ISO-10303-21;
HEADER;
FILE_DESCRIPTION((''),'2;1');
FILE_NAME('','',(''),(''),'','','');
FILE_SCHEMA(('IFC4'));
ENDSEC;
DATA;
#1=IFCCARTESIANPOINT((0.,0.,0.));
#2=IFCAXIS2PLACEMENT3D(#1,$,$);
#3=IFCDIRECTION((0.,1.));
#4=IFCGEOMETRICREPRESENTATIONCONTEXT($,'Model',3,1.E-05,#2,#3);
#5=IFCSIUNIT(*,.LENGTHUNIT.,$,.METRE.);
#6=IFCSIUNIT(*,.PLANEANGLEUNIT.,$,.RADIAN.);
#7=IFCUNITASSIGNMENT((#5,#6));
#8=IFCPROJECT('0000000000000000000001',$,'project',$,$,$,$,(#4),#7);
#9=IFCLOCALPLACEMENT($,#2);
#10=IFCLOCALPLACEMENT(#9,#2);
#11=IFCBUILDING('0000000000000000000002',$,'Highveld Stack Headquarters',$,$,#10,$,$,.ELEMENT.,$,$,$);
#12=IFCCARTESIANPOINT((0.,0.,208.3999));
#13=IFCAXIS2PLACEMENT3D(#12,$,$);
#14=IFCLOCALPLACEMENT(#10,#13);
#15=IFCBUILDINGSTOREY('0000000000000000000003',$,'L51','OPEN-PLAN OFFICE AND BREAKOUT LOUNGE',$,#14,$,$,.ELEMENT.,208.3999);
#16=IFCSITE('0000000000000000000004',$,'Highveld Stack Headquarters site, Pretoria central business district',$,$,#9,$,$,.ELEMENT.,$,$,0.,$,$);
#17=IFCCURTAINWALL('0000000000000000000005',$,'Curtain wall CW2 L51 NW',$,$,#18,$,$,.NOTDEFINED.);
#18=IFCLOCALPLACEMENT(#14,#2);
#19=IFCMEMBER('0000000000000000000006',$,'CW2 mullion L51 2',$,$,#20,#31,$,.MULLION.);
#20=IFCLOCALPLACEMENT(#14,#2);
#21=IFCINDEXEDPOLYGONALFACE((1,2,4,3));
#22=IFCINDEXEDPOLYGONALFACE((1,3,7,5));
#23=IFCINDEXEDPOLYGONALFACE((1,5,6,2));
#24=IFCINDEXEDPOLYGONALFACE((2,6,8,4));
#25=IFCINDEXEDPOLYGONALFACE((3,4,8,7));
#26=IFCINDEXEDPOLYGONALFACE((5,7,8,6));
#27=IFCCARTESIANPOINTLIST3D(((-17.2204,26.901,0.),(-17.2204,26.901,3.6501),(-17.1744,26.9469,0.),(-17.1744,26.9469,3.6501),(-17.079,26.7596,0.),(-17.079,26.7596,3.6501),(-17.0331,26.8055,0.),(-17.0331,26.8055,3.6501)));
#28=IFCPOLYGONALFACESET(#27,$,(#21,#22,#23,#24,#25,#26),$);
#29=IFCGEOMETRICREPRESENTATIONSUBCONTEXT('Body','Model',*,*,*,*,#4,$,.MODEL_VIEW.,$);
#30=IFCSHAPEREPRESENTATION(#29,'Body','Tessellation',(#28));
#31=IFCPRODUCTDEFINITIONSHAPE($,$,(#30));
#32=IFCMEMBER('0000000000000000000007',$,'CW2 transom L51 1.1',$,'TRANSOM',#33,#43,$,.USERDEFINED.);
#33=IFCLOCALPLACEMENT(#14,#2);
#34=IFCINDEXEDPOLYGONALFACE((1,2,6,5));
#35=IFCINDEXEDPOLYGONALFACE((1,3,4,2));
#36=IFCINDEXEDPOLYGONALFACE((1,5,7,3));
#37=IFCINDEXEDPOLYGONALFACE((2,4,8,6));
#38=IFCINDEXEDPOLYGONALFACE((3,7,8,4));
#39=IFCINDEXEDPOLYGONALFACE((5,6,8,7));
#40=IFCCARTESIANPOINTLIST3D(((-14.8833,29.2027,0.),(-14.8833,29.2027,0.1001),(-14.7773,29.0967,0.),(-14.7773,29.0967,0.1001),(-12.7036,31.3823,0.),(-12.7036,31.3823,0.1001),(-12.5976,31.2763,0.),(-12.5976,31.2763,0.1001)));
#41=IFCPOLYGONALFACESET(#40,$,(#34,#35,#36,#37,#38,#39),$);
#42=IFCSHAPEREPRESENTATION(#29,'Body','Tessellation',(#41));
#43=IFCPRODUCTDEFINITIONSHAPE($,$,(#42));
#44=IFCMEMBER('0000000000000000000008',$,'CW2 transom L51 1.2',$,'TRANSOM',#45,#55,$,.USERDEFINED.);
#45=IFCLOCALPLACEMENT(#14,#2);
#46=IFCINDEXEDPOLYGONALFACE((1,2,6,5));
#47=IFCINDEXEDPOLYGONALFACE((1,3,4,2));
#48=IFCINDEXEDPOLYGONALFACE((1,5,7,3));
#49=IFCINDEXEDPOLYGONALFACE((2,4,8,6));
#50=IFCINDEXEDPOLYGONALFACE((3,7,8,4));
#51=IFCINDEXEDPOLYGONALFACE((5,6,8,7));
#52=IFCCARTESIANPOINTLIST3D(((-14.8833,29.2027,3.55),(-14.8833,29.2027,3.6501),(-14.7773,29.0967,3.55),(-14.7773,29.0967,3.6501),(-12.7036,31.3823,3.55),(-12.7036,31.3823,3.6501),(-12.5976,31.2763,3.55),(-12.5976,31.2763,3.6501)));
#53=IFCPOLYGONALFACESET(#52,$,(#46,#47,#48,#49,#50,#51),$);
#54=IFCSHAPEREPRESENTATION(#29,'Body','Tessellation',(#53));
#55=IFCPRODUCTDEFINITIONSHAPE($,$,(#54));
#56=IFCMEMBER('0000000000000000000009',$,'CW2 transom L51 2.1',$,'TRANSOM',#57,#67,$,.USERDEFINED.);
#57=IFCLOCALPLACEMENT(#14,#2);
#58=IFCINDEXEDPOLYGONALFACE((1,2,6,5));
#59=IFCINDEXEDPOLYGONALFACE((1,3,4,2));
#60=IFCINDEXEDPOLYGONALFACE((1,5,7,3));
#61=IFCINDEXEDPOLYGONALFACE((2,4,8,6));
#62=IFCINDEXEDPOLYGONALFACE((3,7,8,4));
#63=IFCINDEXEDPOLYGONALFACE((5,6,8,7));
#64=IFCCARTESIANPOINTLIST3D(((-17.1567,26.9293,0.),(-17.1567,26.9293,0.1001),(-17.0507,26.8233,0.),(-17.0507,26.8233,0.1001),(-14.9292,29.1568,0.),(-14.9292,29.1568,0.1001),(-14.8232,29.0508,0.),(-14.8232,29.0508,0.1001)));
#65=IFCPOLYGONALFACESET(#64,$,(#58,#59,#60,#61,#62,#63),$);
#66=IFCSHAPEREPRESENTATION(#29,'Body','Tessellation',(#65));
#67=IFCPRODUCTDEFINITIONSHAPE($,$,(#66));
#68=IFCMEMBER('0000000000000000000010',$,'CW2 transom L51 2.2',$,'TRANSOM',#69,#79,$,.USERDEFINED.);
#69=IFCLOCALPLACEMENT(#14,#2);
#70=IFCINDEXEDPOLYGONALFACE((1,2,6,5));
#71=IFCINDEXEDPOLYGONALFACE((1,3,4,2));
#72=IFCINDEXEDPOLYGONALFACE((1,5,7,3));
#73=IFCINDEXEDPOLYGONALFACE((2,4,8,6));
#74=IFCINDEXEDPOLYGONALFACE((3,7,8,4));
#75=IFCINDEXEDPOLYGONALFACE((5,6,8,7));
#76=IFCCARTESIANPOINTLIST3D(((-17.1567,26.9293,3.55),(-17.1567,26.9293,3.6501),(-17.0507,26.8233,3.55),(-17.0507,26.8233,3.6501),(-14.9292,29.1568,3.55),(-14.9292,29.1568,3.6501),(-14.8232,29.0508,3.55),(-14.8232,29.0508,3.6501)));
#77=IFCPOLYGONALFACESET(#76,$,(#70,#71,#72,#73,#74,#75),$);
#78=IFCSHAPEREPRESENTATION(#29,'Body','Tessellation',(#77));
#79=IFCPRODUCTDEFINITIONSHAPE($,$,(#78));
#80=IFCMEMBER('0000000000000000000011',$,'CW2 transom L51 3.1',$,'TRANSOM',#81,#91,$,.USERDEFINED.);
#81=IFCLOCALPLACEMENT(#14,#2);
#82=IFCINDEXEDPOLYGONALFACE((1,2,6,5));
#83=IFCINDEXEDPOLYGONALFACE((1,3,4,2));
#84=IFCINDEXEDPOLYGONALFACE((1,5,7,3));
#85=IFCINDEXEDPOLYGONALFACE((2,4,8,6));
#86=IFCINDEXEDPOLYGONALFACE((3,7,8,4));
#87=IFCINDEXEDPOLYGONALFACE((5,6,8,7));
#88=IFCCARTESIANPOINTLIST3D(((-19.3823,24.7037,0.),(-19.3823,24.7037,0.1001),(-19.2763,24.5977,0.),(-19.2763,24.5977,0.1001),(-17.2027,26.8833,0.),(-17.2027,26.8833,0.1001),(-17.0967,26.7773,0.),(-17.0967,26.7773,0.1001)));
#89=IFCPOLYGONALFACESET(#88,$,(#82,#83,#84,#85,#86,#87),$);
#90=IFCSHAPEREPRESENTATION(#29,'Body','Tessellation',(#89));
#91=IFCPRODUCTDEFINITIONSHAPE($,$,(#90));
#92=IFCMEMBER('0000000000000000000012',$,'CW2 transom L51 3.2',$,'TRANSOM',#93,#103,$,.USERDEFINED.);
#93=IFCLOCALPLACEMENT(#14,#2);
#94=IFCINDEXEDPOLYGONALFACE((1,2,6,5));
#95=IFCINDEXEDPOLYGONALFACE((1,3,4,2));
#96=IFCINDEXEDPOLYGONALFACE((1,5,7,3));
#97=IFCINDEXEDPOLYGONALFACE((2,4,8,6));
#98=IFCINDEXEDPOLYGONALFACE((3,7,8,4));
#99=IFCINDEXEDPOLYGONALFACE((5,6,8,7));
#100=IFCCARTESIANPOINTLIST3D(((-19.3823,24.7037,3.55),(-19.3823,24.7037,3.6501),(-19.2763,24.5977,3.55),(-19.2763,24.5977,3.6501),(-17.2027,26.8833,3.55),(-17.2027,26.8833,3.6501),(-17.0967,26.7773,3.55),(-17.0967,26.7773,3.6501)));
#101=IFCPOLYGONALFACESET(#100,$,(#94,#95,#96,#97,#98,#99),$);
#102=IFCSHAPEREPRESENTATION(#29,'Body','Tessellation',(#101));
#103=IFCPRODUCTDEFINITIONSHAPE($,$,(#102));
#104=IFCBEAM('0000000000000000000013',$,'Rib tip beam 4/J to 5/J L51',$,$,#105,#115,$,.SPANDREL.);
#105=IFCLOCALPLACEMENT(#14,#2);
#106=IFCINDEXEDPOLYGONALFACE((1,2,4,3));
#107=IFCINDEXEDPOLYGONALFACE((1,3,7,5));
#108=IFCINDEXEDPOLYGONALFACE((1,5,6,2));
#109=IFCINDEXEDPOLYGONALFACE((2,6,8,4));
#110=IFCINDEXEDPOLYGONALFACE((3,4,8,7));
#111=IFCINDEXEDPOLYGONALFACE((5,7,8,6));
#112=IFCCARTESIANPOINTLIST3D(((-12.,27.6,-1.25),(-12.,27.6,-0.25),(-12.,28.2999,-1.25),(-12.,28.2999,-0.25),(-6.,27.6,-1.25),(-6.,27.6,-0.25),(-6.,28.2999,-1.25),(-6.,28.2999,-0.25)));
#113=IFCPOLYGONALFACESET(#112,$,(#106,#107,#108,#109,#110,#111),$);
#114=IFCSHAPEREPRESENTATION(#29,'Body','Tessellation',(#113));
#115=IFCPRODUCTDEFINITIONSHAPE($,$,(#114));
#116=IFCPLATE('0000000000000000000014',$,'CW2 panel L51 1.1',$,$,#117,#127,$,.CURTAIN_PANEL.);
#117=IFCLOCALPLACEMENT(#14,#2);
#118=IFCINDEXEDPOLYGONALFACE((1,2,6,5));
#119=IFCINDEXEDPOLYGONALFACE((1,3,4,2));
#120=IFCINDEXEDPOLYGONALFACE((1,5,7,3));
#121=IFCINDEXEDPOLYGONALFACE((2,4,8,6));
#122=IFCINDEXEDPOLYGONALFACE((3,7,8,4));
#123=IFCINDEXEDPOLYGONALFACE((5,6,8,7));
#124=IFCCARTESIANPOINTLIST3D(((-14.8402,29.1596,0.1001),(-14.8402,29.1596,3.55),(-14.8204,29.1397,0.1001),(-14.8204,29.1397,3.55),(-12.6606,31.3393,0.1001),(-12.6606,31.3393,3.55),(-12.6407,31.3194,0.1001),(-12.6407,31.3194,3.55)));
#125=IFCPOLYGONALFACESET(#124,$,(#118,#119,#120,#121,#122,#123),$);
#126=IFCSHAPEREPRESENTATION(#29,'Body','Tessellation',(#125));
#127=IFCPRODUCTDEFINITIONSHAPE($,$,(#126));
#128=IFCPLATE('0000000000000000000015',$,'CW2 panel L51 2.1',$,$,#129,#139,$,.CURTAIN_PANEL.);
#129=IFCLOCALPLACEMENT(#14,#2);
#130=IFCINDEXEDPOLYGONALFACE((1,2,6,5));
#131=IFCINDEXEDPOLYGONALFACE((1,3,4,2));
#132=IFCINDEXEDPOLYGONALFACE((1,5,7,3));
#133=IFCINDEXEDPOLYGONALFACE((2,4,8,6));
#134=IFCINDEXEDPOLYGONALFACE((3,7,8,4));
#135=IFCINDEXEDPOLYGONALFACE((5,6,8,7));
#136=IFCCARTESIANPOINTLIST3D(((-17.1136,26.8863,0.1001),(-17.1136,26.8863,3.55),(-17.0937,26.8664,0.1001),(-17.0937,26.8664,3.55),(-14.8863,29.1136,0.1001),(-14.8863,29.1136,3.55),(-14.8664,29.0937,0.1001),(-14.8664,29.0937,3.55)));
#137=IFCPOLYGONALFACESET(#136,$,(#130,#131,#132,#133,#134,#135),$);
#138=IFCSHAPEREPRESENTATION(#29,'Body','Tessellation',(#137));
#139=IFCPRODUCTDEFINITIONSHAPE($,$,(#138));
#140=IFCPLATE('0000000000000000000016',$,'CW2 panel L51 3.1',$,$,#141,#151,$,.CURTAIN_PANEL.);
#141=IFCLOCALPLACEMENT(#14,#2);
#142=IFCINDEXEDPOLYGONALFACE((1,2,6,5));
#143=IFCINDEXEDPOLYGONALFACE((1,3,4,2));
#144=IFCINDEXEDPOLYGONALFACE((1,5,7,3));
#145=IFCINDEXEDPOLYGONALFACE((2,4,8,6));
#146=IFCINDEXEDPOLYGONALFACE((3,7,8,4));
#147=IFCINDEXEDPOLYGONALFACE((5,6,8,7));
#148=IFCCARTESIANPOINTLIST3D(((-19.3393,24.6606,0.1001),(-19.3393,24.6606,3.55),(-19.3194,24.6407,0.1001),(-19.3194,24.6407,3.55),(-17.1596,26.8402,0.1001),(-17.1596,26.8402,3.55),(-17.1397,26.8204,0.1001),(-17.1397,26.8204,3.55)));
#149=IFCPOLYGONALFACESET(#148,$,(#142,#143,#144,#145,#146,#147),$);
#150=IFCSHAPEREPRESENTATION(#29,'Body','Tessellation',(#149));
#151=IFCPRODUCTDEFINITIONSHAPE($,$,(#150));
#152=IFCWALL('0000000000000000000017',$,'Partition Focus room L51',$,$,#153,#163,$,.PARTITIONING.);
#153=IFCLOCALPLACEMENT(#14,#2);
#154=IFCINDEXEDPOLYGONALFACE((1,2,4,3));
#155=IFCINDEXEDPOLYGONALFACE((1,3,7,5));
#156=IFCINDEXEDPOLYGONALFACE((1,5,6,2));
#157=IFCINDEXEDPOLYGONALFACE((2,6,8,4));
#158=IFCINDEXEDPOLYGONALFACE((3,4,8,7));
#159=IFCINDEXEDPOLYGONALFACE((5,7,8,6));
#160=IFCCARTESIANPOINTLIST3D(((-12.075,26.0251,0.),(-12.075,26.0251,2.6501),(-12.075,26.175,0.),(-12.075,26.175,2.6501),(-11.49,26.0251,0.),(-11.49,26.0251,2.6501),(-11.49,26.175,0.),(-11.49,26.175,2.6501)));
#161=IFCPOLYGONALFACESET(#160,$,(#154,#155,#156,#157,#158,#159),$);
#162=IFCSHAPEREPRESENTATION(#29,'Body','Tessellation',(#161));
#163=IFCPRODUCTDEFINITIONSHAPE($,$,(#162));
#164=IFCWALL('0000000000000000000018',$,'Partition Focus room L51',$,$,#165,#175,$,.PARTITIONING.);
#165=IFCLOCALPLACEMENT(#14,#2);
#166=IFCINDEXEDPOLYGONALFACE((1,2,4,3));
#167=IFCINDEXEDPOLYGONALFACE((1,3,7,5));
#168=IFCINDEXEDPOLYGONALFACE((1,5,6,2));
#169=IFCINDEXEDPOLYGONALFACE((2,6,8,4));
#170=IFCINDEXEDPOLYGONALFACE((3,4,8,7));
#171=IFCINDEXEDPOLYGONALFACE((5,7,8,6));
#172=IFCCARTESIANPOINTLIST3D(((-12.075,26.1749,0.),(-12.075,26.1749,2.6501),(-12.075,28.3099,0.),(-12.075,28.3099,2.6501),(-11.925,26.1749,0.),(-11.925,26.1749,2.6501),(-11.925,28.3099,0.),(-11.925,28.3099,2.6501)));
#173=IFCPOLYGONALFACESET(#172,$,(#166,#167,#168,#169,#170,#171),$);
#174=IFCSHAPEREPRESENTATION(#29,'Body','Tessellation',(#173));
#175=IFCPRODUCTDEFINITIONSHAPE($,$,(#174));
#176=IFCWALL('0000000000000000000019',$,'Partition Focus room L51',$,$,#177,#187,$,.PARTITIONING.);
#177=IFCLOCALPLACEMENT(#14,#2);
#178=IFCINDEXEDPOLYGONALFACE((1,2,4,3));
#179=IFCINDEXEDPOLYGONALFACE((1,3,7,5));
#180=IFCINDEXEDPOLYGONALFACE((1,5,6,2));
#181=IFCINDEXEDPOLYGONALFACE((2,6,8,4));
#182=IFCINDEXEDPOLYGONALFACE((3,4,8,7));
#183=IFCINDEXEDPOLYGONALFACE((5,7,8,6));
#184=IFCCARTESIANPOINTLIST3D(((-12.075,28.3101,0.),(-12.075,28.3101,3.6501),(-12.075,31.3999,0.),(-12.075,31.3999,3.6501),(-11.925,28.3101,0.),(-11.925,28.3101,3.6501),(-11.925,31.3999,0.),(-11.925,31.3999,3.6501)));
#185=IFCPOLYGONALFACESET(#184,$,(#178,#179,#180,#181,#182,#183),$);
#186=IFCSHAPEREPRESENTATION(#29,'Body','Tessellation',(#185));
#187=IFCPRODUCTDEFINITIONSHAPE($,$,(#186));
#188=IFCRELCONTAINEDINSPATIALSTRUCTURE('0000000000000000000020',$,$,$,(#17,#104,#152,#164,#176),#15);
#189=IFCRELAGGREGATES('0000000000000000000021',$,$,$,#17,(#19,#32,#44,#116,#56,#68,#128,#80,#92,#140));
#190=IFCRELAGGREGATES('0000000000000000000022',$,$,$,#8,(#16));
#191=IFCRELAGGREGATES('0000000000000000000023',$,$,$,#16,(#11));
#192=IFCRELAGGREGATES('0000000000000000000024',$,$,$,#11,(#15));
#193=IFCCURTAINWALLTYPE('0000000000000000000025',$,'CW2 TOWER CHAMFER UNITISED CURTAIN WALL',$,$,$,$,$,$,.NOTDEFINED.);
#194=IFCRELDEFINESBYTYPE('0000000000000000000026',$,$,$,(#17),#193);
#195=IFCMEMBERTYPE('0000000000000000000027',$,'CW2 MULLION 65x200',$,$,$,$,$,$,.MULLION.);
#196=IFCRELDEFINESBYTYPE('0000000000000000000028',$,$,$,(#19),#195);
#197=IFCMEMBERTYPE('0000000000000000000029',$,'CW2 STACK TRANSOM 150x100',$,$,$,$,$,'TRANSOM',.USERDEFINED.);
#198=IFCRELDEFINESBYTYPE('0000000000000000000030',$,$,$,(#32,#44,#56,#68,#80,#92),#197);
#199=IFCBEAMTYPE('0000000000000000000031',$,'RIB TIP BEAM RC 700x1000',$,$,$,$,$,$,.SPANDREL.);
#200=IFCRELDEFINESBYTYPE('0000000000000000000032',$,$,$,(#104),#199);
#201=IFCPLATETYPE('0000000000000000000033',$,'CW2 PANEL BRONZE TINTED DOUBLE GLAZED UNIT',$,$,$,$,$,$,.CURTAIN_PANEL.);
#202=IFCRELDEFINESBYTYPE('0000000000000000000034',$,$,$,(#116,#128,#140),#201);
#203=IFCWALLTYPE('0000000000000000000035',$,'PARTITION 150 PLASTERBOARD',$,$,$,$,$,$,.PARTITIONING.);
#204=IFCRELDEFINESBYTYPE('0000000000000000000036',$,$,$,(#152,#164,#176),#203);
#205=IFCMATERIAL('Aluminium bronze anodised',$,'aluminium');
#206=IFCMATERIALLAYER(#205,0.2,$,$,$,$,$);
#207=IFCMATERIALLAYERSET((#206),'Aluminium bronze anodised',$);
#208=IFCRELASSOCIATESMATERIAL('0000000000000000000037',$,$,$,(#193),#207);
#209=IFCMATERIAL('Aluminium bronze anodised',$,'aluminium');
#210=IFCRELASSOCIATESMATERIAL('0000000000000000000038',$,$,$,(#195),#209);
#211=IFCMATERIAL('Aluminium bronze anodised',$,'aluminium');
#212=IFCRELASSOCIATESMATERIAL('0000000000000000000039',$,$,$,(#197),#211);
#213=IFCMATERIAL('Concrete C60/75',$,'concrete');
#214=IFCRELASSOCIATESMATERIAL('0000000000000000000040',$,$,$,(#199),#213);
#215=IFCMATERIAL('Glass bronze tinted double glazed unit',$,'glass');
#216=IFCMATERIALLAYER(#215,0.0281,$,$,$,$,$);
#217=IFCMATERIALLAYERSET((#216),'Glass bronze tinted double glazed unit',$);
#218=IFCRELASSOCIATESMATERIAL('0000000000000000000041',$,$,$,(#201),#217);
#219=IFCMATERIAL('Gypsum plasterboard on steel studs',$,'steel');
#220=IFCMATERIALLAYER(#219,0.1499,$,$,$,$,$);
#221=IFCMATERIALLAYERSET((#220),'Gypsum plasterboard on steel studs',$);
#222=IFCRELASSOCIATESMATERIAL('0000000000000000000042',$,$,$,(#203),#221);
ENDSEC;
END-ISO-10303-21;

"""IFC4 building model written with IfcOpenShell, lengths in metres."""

from ifc_helpers import new_model, si_unit, direction, frame, frame_2d, origin, origin_2d, place, context, subcontext, project, spatial, rectangle, extrude, material, layer, layer_set, material_profile, profile_set, type_object, element, aggregate, save


model = new_model("IFC4")

# Units and contexts
model_context = context("Model", 3, precision=1e-05, world=origin(), true_north=direction((0.0, 1.0)))
body_context = subcontext(model_context, "Body", "Model", "MODEL_VIEW")
ifc_project = project(units=[si_unit("LENGTHUNIT", "METRE"), si_unit("PLANEANGLEUNIT", "RADIAN")], contexts=[model_context])

# Site, building, storey
site_placement = place(None, origin())
site = spatial("IfcSite", under=ifc_project, at=site_placement, Name="Highveld Stack Headquarters site, Pretoria central business district", CompositionType="ELEMENT", RefElevation=0.0)
building_placement = place(site_placement, origin())
building = spatial("IfcBuilding", under=site, at=building_placement, Name="Highveld Stack Headquarters", CompositionType="ELEMENT")
storey_placement = place(building_placement, frame((0.0, 0.0, 208.3999)))
storey = spatial("IfcBuildingStorey", under=building, at=storey_placement, Name="L51", Description="OPEN-PLAN OFFICE AND BREAKOUT LOUNGE", CompositionType="ELEMENT", Elevation=208.3999)

# Curtain wall, members
ifc_material_1 = material(Name="Aluminium bronze anodised", Category="aluminium")
ifc_layer_1 = layer(ifc_material_1, 0.2)
ifc_layer_set_1 = layer_set([ifc_layer_1], Name="Aluminium bronze anodised")
curtain_wall_type_1 = type_object("IfcCurtainWallType", Name="CW2 TOWER CHAMFER UNITISED CURTAIN WALL", PredefinedType="NOTDEFINED", material=ifc_layer_set_1)
curtain_wall_1_placement = place(storey_placement, origin())
curtain_wall_1 = element("IfcCurtainWall", 1, at=curtain_wall_1_placement, inside=storey, type_object=curtain_wall_type_1, Name="Curtain wall CW2 L51 NW", PredefinedType="NOTDEFINED")
ifc_material_2 = material(Name="Aluminium bronze anodised", Category="aluminium")
ifc_material_profile_1 = material_profile(ifc_material_2, rectangle(XDim=0.2, YDim=0.0649, at=origin_2d()), Name="CW2 MULLION 65x200")
ifc_profile_set_1 = profile_set([ifc_material_profile_1], Name="Aluminium bronze anodised")
member_type_1 = type_object("IfcMemberType", Name="CW2 MULLION 65x200", PredefinedType="MULLION", material=ifc_profile_set_1)
member_1_placement = place(storey_placement, frame((-17.1267, 26.8533, 0.0), z_axis=(0.0, 0.0, 1.0), x_axis=(0.707107, -0.707107, 0.0)))
member_1 = element("IfcMember", 2, at=member_1_placement, type_object=member_type_1, Name="CW2 mullion L51 2", PredefinedType="MULLION", context=body_context, shape_type="SweptSolid", body=[
    extrude(rectangle(XDim=0.2, YDim=0.0649, at=origin_2d()), origin(), (0.0, 0.0, 1.0), 3.6501),
])
ifc_material_3 = material(Name="Aluminium bronze anodised", Category="aluminium")
ifc_material_profile_2 = material_profile(ifc_material_3, rectangle(XDim=0.1499, YDim=0.1001, at=origin_2d()), Name="CW2 TRANSOM 150x100")
ifc_profile_set_2 = profile_set([ifc_material_profile_2], Name="Aluminium bronze anodised")
member_type_2 = type_object("IfcMemberType", Name="CW2 STACK TRANSOM 150x100", ElementType="TRANSOM", PredefinedType="USERDEFINED", material=ifc_profile_set_2)
member_2_placement = place(storey_placement, frame((-12.6506, 31.3293, 0.05), z_axis=(-0.707107, -0.707107, 0.0), x_axis=(0.707107, -0.707107, 0.0)))
member_2 = element("IfcMember", 3, at=member_2_placement, type_object=member_type_2, Name="CW2 transom L51 1.1", ObjectType="TRANSOM", PredefinedType="USERDEFINED", context=body_context, shape_type="SweptSolid", body=[
    extrude(rectangle(XDim=0.1499, YDim=0.1001, at=origin_2d()), origin(), (0.0, 0.0, 1.0), 3.0825),
])
member_3_placement = place(storey_placement, frame((-12.6506, 31.3293, 3.6001), z_axis=(-0.707107, -0.707107, 0.0), x_axis=(0.707107, -0.707107, 0.0)))
member_3 = element("IfcMember", 4, at=member_3_placement, type_object=member_type_2, Name="CW2 transom L51 1.2", ObjectType="TRANSOM", PredefinedType="USERDEFINED", context=body_context, shape_type="SweptSolid", body=[
    extrude(rectangle(XDim=0.1499, YDim=0.1001, at=origin_2d()), origin(), (0.0, 0.0, 1.0), 3.0825),
])
member_4_placement = place(storey_placement, frame((-14.8762, 29.1038, 0.05), z_axis=(-0.707107, -0.707107, 0.0), x_axis=(0.707107, -0.707107, 0.0)))
member_4 = element("IfcMember", 5, at=member_4_placement, type_object=member_type_2, Name="CW2 transom L51 2.1", ObjectType="TRANSOM", PredefinedType="USERDEFINED", context=body_context, shape_type="SweptSolid", body=[
    extrude(rectangle(XDim=0.1499, YDim=0.1001, at=origin_2d()), origin(), (0.0, 0.0, 1.0), 3.1501),
])
member_5_placement = place(storey_placement, frame((-14.8762, 29.1038, 3.6001), z_axis=(-0.707107, -0.707107, 0.0), x_axis=(0.707107, -0.707107, 0.0)))
member_5 = element("IfcMember", 6, at=member_5_placement, type_object=member_type_2, Name="CW2 transom L51 2.2", ObjectType="TRANSOM", PredefinedType="USERDEFINED", context=body_context, shape_type="SweptSolid", body=[
    extrude(rectangle(XDim=0.1499, YDim=0.1001, at=origin_2d()), origin(), (0.0, 0.0, 1.0), 3.1501),
])
member_6_placement = place(storey_placement, frame((-17.1497, 26.8303, 0.05), z_axis=(-0.707107, -0.707107, 0.0), x_axis=(0.707107, -0.707107, 0.0)))
member_6 = element("IfcMember", 7, at=member_6_placement, type_object=member_type_2, Name="CW2 transom L51 3.1", ObjectType="TRANSOM", PredefinedType="USERDEFINED", context=body_context, shape_type="SweptSolid", body=[
    extrude(rectangle(XDim=0.1499, YDim=0.1001, at=origin_2d()), origin(), (0.0, 0.0, 1.0), 3.0825),
])
member_7_placement = place(storey_placement, frame((-17.1497, 26.8303, 3.6001), z_axis=(-0.707107, -0.707107, 0.0), x_axis=(0.707107, -0.707107, 0.0)))
member_7 = element("IfcMember", 8, at=member_7_placement, type_object=member_type_2, Name="CW2 transom L51 3.2", ObjectType="TRANSOM", PredefinedType="USERDEFINED", context=body_context, shape_type="SweptSolid", body=[
    extrude(rectangle(XDim=0.1499, YDim=0.1001, at=origin_2d()), origin(), (0.0, 0.0, 1.0), 3.0825),
])

# Beam
ifc_material_4 = material(Name="Concrete C60/75", Category="concrete")
ifc_material_profile_3 = material_profile(ifc_material_4, rectangle(XDim=0.7, YDim=1.0, at=origin_2d()), Name="RC 700x1000")
ifc_profile_set_3 = profile_set([ifc_material_profile_3], Name="Concrete C60/75")
beam_type_1 = type_object("IfcBeamType", Name="RIB TIP BEAM RC 700x1000", PredefinedType="SPANDREL", material=ifc_profile_set_3)
beam_1_placement = place(storey_placement, frame((-12.0, 27.95, -0.75), z_axis=(1.0, 0.0, 0.0), x_axis=(0.0, 1.0, 0.0)))
element("IfcBeam", 9, at=beam_1_placement, inside=storey, type_object=beam_type_1, Name="Rib tip beam 4/J to 5/J L51", PredefinedType="SPANDREL", context=body_context, shape_type="SweptSolid", body=[
    extrude(rectangle(XDim=0.7, YDim=1.0, at=origin_2d()), origin(), (0.0, 0.0, 1.0), 6.0),
])

# Plates
ifc_material_5 = material(Name="Glass bronze tinted double glazed unit", Category="glass")
ifc_layer_2 = layer(ifc_material_5, 0.0281)
ifc_layer_set_2 = layer_set([ifc_layer_2], Name="Glass bronze tinted double glazed unit")
plate_type = type_object("IfcPlateType", Name="CW2 PANEL BRONZE TINTED DOUBLE GLAZED UNIT", PredefinedType="CURTAIN_PANEL", material=ifc_layer_set_2)
plate_1_placement = place(storey_placement, frame((-13.7405, 30.2395, 0.1001), z_axis=(0.0, 0.0, 1.0), x_axis=(-0.707107, -0.707107, 0.0)))
plate_1 = element("IfcPlate", 10, at=plate_1_placement, type_object=plate_type, Name="CW2 panel L51 1.1", PredefinedType="CURTAIN_PANEL", context=body_context, shape_type="SweptSolid", body=[
    extrude(rectangle(XDim=3.0825, YDim=0.0281, at=origin_2d()), origin(), (0.0, 0.0, 1.0), 3.45),
])
plate_2_placement = place(storey_placement, frame((-15.99, 27.99, 0.1001), z_axis=(0.0, 0.0, 1.0), x_axis=(-0.707107, -0.707107, 0.0)))
plate_2 = element("IfcPlate", 11, at=plate_2_placement, type_object=plate_type, Name="CW2 panel L51 2.1", PredefinedType="CURTAIN_PANEL", context=body_context, shape_type="SweptSolid", body=[
    extrude(rectangle(XDim=3.1499, YDim=0.0281, at=origin_2d()), origin(), (0.0, 0.0, 1.0), 3.45),
])
plate_3_placement = place(storey_placement, frame((-18.2395, 25.7405, 0.1001), z_axis=(0.0, 0.0, 1.0), x_axis=(-0.707107, -0.707107, 0.0)))
plate_3 = element("IfcPlate", 12, at=plate_3_placement, type_object=plate_type, Name="CW2 panel L51 3.1", PredefinedType="CURTAIN_PANEL", context=body_context, shape_type="SweptSolid", body=[
    extrude(rectangle(XDim=3.0825, YDim=0.0281, at=origin_2d()), origin(), (0.0, 0.0, 1.0), 3.45),
])
aggregate(curtain_wall_1, [member_1, member_2, member_3, plate_1, member_4, member_5, plate_2, member_6, member_7, plate_3])

# Walls
ifc_material_6 = material(Name="Gypsum plasterboard on steel studs", Category="steel")
ifc_layer_3 = layer(ifc_material_6, 0.1499)
ifc_layer_set_3 = layer_set([ifc_layer_3], Name="Gypsum plasterboard on steel studs")
wall_type = type_object("IfcWallType", Name="PARTITION 150 PLASTERBOARD", PredefinedType="PARTITIONING", material=ifc_layer_set_3)
wall_1_placement = place(storey_placement, frame((-12.075, 26.1001, 0.0), z_axis=(0.0, 0.0, 1.0), x_axis=(1.0, 0.0, 0.0)))
element("IfcWall", 13, at=wall_1_placement, inside=storey, type_object=wall_type, Name="Partition Focus room L51", PredefinedType="PARTITIONING", context=body_context, shape_type="SweptSolid", body=[
    extrude(rectangle(XDim=0.585, YDim=0.1499, at=frame_2d((0.2925, 0.0))), origin(), (0.0, 0.0, 1.0), 2.6501),
])
wall_2_placement = place(storey_placement, frame((-12.0, 26.175, 0.0), z_axis=(0.0, 0.0, 1.0), x_axis=(0.0, 1.0, 0.0)))
element("IfcWall", 14, at=wall_2_placement, inside=storey, type_object=wall_type, Name="Partition Focus room L51", PredefinedType="PARTITIONING", context=body_context, shape_type="SweptSolid", body=[
    extrude(rectangle(XDim=2.135, YDim=0.1499, at=frame_2d((1.0674, 0.0))), origin(), (0.0, 0.0, 1.0), 2.6501),
])
wall_3_placement = place(storey_placement, frame((-12.0, 28.3101, 0.0), z_axis=(0.0, 0.0, 1.0), x_axis=(0.0, 1.0, 0.0)))
element("IfcWall", 15, at=wall_3_placement, inside=storey, type_object=wall_type, Name="Partition Focus room L51", PredefinedType="PARTITIONING", context=body_context, shape_type="SweptSolid", body=[
    extrude(rectangle(XDim=3.0898, YDim=0.1499, at=frame_2d((1.5449, 0.0))), origin(), (0.0, 0.0, 1.0), 3.6501),
])

save(model, "model.ifc")
